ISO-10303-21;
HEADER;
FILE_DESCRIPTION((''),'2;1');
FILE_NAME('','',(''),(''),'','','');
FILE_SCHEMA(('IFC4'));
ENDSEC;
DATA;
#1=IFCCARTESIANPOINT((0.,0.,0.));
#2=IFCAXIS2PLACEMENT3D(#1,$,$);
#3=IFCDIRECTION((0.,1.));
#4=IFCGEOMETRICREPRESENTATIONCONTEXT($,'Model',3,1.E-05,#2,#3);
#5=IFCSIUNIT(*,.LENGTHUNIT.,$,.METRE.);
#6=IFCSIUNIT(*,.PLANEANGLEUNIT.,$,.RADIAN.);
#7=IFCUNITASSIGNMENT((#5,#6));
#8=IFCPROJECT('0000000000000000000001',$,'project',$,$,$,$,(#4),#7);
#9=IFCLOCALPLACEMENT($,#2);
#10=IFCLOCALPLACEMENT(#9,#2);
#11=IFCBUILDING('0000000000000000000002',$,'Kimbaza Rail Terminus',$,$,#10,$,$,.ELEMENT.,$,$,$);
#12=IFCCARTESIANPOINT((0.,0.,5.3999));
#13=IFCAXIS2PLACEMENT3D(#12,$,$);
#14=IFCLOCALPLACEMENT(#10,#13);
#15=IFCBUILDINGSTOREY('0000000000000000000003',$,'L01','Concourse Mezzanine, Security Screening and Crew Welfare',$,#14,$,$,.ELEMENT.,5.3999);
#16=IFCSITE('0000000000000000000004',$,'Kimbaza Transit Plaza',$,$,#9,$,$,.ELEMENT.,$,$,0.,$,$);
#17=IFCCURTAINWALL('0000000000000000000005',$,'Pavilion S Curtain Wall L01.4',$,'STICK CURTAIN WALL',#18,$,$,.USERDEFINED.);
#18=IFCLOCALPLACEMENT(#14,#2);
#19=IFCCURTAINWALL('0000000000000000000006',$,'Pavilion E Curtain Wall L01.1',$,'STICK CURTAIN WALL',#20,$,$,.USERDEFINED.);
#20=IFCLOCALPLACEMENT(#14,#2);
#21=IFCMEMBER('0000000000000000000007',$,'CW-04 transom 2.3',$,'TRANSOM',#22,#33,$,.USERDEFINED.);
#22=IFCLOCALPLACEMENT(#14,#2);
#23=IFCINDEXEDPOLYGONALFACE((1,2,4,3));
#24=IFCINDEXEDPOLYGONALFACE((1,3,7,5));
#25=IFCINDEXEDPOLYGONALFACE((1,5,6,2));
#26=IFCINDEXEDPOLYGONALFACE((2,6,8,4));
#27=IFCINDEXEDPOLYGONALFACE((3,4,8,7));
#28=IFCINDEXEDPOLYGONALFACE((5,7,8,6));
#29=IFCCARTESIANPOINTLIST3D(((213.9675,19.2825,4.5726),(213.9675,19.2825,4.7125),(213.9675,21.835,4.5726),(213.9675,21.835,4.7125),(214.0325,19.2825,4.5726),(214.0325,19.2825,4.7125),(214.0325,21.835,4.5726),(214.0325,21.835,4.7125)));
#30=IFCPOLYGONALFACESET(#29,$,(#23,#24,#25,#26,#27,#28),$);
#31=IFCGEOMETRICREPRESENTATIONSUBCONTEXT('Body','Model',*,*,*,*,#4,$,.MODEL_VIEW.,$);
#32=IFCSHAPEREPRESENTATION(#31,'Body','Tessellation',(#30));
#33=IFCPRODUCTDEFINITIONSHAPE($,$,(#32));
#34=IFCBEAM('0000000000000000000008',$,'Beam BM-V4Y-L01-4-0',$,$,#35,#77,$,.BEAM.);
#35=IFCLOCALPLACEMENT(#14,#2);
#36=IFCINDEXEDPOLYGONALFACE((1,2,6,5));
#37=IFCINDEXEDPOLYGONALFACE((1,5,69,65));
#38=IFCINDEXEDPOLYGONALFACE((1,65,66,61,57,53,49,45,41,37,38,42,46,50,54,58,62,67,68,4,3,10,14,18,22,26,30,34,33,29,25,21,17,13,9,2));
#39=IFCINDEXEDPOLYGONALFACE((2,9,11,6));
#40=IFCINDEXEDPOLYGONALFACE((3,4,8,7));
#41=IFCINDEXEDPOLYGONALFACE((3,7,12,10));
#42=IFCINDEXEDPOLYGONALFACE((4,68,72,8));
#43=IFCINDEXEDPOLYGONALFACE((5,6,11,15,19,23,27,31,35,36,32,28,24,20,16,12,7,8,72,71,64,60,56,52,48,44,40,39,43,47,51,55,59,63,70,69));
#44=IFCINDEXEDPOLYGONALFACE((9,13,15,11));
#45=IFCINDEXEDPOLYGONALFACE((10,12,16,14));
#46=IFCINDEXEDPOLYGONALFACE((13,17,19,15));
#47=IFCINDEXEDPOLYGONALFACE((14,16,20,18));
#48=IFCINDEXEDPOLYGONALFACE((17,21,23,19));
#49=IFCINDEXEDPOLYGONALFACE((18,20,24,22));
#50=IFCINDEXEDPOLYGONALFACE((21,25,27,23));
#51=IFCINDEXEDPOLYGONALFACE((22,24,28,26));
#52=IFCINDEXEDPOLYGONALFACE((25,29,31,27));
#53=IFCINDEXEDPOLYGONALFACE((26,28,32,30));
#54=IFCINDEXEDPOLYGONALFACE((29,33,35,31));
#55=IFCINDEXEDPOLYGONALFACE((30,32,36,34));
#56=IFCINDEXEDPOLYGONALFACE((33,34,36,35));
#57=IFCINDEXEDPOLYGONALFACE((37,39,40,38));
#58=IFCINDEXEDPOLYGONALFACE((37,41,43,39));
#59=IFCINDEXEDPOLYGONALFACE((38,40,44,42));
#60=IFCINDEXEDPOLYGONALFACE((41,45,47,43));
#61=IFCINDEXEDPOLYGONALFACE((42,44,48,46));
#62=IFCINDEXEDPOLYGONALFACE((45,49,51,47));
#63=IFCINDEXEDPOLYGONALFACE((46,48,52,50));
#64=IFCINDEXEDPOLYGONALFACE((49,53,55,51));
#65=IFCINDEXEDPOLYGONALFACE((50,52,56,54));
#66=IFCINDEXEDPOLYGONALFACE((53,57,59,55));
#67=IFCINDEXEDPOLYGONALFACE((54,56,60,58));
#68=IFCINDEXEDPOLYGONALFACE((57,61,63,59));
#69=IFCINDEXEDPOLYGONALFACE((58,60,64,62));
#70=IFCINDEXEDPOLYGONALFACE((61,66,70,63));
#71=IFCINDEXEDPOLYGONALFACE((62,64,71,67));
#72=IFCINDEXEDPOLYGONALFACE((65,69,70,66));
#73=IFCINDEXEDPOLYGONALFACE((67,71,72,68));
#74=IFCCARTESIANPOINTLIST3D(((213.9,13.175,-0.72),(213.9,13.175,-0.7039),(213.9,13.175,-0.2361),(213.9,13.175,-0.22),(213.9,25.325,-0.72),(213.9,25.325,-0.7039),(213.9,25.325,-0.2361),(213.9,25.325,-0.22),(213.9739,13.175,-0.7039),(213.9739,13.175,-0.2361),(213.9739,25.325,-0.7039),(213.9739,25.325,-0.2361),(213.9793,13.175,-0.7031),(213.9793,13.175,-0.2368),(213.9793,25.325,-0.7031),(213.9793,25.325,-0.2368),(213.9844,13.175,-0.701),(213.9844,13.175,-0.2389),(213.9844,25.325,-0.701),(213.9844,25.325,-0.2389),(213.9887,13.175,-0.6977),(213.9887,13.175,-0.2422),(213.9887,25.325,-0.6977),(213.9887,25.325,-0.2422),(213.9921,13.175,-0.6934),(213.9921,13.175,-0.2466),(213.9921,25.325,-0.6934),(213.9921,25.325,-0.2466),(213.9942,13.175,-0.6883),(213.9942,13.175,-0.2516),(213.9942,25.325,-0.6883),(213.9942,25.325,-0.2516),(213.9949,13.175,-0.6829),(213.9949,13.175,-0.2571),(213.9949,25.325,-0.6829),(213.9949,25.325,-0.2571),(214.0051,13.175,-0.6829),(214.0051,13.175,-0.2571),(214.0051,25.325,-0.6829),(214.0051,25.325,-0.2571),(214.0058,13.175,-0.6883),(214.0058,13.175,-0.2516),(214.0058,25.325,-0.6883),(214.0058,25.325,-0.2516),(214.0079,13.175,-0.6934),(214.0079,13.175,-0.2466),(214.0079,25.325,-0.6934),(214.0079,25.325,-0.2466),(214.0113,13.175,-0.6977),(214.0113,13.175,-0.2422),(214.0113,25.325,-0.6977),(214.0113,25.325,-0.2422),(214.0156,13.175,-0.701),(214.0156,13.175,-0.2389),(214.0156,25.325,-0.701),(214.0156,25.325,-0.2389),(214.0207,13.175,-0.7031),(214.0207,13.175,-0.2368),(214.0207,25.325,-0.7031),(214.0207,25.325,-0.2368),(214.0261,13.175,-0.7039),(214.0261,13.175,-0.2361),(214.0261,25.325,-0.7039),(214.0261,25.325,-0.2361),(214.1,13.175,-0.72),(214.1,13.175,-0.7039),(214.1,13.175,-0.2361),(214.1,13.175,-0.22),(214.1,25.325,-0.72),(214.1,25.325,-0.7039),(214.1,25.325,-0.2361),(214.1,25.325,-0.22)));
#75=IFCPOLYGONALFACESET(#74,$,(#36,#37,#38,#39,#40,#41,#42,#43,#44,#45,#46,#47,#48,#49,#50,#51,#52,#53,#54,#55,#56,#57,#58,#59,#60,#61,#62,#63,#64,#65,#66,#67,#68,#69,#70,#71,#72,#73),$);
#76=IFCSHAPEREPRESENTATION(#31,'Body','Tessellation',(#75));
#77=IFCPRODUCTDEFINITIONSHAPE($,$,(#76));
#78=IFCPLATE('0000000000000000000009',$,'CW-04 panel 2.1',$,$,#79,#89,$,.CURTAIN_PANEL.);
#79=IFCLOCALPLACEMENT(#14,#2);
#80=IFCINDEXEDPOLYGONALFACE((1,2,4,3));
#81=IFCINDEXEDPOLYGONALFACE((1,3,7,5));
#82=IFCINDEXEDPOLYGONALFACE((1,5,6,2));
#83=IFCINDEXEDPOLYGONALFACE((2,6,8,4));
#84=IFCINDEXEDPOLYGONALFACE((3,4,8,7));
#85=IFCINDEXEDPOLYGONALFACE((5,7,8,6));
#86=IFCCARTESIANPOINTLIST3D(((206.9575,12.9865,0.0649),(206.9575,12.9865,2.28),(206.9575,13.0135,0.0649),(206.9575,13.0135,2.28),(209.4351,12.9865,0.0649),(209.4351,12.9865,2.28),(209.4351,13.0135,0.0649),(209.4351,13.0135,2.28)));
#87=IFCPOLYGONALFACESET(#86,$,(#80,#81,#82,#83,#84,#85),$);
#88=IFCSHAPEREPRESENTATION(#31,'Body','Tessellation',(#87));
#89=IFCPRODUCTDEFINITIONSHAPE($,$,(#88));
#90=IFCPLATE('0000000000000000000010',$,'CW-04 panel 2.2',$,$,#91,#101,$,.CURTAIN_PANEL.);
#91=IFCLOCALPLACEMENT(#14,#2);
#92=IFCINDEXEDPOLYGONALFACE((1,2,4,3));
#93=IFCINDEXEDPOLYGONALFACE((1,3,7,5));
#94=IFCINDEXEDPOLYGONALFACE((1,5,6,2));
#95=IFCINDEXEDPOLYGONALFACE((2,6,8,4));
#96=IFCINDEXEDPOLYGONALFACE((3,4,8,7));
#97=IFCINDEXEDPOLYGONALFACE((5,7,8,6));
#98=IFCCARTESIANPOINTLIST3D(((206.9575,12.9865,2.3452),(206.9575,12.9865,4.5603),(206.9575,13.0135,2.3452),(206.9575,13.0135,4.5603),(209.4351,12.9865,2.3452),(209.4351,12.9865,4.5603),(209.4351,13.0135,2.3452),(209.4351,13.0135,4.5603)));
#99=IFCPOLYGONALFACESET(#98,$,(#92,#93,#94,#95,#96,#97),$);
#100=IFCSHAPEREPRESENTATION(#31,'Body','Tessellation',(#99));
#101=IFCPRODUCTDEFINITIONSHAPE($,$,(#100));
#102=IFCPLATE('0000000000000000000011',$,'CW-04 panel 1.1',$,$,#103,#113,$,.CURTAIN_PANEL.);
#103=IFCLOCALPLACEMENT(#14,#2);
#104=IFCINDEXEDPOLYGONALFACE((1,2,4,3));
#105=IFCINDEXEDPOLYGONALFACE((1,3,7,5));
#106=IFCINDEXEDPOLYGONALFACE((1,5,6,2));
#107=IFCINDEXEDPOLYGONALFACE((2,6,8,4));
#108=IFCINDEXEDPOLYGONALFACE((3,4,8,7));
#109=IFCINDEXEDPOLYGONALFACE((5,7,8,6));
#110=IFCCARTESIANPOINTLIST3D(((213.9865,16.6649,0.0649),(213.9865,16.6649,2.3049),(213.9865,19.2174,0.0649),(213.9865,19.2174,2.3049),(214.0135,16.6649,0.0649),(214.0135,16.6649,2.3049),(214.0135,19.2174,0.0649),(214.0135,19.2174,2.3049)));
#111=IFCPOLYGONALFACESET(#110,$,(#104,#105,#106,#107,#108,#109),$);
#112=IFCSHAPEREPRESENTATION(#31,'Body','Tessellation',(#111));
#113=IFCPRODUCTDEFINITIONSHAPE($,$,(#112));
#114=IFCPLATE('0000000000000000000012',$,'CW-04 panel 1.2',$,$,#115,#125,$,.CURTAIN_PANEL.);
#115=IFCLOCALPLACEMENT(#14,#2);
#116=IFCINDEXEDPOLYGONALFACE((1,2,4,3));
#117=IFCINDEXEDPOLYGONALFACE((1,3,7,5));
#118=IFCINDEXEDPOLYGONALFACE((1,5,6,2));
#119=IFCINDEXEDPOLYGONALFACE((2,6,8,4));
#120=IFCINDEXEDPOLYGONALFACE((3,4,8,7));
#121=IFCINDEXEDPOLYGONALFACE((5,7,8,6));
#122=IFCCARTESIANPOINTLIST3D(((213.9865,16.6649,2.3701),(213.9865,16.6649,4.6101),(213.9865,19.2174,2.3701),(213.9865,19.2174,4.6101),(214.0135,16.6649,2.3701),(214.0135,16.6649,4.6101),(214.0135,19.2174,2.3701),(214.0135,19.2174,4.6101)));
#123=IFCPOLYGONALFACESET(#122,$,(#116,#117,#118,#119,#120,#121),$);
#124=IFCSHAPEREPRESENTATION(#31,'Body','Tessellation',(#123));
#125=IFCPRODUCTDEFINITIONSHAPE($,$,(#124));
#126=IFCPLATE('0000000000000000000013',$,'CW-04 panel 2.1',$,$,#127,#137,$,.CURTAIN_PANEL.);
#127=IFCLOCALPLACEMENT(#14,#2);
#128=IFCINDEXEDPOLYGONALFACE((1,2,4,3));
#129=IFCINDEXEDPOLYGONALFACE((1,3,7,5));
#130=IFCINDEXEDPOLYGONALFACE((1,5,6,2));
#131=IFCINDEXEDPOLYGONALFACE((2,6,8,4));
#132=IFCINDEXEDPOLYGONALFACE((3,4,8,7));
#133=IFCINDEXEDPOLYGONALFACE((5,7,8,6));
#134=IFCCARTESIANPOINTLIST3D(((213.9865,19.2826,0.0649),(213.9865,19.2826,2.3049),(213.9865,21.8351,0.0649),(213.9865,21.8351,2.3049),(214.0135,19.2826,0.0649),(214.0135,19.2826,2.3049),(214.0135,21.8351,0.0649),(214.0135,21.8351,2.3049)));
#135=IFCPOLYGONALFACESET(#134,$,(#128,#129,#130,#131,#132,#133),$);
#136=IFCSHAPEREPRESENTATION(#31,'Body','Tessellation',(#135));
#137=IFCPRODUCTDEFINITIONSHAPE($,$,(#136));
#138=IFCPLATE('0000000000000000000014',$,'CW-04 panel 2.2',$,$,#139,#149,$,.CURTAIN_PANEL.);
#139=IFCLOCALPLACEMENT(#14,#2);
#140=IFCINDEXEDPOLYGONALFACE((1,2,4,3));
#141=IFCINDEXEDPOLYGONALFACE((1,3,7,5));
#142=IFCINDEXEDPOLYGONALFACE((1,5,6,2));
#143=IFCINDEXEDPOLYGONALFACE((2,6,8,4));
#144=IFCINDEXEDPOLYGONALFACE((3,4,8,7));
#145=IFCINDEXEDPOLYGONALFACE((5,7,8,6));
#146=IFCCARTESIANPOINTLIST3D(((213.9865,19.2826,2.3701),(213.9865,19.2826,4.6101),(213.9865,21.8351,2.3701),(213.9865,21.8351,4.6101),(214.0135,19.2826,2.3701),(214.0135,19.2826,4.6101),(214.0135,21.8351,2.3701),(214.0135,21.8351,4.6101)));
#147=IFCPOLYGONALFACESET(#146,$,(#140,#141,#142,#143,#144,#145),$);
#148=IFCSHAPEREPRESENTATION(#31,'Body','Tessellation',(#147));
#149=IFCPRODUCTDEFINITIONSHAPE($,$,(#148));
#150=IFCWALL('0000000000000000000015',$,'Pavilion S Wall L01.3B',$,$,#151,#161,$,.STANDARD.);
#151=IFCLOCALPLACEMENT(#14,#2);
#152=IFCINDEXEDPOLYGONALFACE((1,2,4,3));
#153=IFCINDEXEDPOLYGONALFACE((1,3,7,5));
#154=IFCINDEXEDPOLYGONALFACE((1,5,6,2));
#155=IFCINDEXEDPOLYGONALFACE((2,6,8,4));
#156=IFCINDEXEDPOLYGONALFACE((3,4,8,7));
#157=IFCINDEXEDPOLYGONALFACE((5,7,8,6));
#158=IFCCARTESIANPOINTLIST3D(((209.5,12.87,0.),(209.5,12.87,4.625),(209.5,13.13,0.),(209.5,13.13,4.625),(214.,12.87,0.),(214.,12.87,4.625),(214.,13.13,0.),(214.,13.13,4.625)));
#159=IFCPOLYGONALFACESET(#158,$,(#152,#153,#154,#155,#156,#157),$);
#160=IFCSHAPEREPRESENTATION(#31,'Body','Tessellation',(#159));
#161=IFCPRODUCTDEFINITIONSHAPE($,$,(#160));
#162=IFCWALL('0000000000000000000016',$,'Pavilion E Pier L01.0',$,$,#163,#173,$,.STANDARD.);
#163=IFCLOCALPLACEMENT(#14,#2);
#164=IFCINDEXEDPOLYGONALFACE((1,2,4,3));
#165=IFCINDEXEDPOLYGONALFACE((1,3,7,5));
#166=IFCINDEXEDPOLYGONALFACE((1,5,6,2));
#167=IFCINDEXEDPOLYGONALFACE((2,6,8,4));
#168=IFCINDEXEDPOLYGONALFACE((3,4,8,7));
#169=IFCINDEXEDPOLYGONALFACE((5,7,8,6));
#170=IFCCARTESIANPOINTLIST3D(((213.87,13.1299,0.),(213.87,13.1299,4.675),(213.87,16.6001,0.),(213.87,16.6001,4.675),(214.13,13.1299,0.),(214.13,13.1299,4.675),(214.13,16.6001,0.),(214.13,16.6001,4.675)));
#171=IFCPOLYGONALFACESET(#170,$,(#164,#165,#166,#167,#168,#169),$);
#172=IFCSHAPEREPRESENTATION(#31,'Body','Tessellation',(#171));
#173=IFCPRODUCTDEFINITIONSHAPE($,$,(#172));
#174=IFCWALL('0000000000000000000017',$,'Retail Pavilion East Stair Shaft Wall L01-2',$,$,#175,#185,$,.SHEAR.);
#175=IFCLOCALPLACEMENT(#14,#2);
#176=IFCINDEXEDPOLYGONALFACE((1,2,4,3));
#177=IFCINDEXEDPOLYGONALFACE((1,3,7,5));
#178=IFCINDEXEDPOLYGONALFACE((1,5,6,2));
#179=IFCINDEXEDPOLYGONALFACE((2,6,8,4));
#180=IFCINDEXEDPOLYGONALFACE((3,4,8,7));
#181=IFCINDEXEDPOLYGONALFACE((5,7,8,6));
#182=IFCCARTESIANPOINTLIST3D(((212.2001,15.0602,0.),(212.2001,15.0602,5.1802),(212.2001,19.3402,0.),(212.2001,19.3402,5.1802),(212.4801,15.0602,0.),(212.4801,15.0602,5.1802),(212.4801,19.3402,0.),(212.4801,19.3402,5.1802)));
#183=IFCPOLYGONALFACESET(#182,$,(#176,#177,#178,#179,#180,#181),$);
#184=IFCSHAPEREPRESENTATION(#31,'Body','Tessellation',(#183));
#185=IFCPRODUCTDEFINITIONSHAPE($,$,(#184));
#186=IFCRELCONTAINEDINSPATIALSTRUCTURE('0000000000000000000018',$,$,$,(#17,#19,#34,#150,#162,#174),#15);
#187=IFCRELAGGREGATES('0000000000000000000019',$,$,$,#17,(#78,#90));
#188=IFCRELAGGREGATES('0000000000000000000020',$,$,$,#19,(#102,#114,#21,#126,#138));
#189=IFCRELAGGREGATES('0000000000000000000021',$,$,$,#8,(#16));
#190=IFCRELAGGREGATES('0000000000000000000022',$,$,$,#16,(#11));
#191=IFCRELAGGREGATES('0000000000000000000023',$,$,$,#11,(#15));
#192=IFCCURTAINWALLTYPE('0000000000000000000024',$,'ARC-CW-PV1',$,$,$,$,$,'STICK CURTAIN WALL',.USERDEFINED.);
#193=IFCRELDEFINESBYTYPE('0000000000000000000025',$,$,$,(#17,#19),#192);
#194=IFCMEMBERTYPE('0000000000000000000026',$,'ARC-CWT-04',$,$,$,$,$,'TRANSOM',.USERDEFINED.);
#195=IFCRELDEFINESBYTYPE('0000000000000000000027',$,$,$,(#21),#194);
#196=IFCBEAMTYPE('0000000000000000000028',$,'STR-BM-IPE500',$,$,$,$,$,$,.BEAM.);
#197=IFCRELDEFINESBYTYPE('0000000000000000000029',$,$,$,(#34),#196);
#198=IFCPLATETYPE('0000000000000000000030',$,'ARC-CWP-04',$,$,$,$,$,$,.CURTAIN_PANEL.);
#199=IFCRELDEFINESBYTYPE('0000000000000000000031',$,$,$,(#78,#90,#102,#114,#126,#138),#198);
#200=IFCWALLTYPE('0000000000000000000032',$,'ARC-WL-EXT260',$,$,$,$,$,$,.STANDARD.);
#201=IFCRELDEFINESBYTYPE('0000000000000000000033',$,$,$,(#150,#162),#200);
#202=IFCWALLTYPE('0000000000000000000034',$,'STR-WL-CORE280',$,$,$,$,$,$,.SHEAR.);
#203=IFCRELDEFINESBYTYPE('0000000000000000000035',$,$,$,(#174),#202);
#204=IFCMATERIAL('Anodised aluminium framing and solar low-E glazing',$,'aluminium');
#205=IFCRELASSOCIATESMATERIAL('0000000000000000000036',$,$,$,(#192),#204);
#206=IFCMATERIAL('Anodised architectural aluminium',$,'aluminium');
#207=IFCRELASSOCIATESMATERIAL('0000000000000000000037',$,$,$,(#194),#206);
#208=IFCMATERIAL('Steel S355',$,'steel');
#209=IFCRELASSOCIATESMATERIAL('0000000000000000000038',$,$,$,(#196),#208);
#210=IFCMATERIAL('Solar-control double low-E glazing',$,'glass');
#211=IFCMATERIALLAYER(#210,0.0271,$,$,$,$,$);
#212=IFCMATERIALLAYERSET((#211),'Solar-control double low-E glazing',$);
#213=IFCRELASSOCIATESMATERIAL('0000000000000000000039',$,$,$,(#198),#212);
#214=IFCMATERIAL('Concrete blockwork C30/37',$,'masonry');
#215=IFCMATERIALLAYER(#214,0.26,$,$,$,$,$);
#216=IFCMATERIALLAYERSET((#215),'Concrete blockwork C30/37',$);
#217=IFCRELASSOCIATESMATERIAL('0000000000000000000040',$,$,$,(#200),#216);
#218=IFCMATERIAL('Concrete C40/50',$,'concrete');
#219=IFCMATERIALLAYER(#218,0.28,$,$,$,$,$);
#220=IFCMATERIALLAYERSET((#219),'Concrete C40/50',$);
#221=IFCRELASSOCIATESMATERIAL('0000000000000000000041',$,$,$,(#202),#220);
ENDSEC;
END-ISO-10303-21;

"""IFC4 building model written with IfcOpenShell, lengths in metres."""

from ifc_helpers import new_model, si_unit, direction, frame, frame_2d, origin, origin_2d, place, context, subcontext, project, spatial, rectangle, i_section, extrude, material, layer, layer_set, material_profile, profile_set, type_object, element, aggregate, save


model = new_model("IFC4")

# Units and contexts
model_context = context("Model", 3, precision=1e-05, world=origin(), true_north=direction((0.0, 1.0)))
body_context = subcontext(model_context, "Body", "Model", "MODEL_VIEW")
ifc_project = project(units=[si_unit("LENGTHUNIT", "METRE"), si_unit("PLANEANGLEUNIT", "RADIAN")], contexts=[model_context])

# Site, building, storey
site_placement = place(None, origin())
site = spatial("IfcSite", under=ifc_project, at=site_placement, Name="Kimbaza Transit Plaza", CompositionType="ELEMENT", RefElevation=0.0)
building_placement = place(site_placement, origin())
building = spatial("IfcBuilding", under=site, at=building_placement, Name="Kimbaza Rail Terminus", CompositionType="ELEMENT")
storey_placement = place(building_placement, frame((0.0, 0.0, 5.3999)))
storey = spatial("IfcBuildingStorey", under=building, at=storey_placement, Name="L01", Description="Concourse Mezzanine, Security Screening and Crew Welfare", CompositionType="ELEMENT", Elevation=5.3999)

# Curtain wall
ifc_material_1 = material(Name="Anodised aluminium framing and solar low-E glazing", Category="aluminium")
curtain_wall_type = type_object("IfcCurtainWallType", Name="ARC-CW-PV1", ElementType="STICK CURTAIN WALL", PredefinedType="USERDEFINED", material=ifc_material_1)
curtain_wall_1_placement = place(storey_placement, origin())
curtain_wall_1 = element("IfcCurtainWall", 1, at=curtain_wall_1_placement, inside=storey, type_object=curtain_wall_type, Name="Pavilion S Curtain Wall L01.4", ObjectType="STICK CURTAIN WALL", PredefinedType="USERDEFINED")

# Curtain wall
curtain_wall_2_placement = place(storey_placement, origin())
curtain_wall_2 = element("IfcCurtainWall", 2, at=curtain_wall_2_placement, inside=storey, type_object=curtain_wall_type, Name="Pavilion E Curtain Wall L01.1", ObjectType="STICK CURTAIN WALL", PredefinedType="USERDEFINED")

# Member
ifc_material_2 = material(Name="Anodised architectural aluminium", Category="aluminium")
ifc_material_profile_1 = material_profile(ifc_material_2, rectangle(XDim=0.0649, YDim=0.1399, at=origin_2d()), Name="TRANSOM 65x140")
ifc_profile_set_1 = profile_set([ifc_material_profile_1], Name="Anodised architectural aluminium")
member_type_1 = type_object("IfcMemberType", Name="ARC-CWT-04", ElementType="TRANSOM", PredefinedType="USERDEFINED", material=ifc_profile_set_1)
member_1_placement = place(storey_placement, frame((214.0, 19.2825, 4.6426), z_axis=(0.0, 1.0, 0.0), x_axis=(-1.0, 0.0, 0.0)))
member_1 = element("IfcMember", 3, at=member_1_placement, type_object=member_type_1, Name="CW-04 transom 2.3", ObjectType="TRANSOM", PredefinedType="USERDEFINED", context=body_context, shape_type="SweptSolid", body=[
    extrude(rectangle(XDim=0.0649, YDim=0.1399, at=origin_2d()), origin(), (0.0, 0.0, 1.0), 2.5525),
])

# Beam
ifc_material_3 = material(Name="Steel S355", Category="steel")
ifc_material_profile_2 = material_profile(ifc_material_3, i_section(OverallWidth=0.2, OverallDepth=0.5, WebThickness=0.0103, FlangeThickness=0.0161, FilletRadius=0.021, at=origin_2d()), Name="IPE 500")
ifc_profile_set_2 = profile_set([ifc_material_profile_2], Name="Steel S355")
beam_type = type_object("IfcBeamType", Name="STR-BM-IPE500", PredefinedType="BEAM", material=ifc_profile_set_2)
beam_placement = place(storey_placement, frame((214.0, 13.175, -0.47), z_axis=(0.0, 1.0, 0.0), x_axis=(-1.0, 0.0, 0.0)))
element("IfcBeam", 4, at=beam_placement, inside=storey, type_object=beam_type, Name="Beam BM-V4Y-L01-4-0", PredefinedType="BEAM", context=body_context, shape_type="SweptSolid", body=[
    extrude(i_section(OverallWidth=0.2, OverallDepth=0.5, WebThickness=0.0103, FlangeThickness=0.0161, FilletRadius=0.021, at=origin_2d()), origin(), (0.0, 0.0, 1.0), 12.1499),
])

# Plates
ifc_material_4 = material(Name="Solar-control double low-E glazing", Category="glass")
ifc_layer_1 = layer(ifc_material_4, 0.0271)
ifc_layer_set_1 = layer_set([ifc_layer_1], Name="Solar-control double low-E glazing")
plate_type = type_object("IfcPlateType", Name="ARC-CWP-04", PredefinedType="CURTAIN_PANEL", material=ifc_layer_set_1)
plate_1_placement = place(storey_placement, frame((208.1963, 13.0, 0.0649), z_axis=(0.0, 0.0, 1.0), x_axis=(1.0, 0.0, 0.0)))
plate_1 = element("IfcPlate", 5, at=plate_1_placement, type_object=plate_type, Name="CW-04 panel 2.1", PredefinedType="CURTAIN_PANEL", context=body_context, shape_type="SweptSolid", body=[
    extrude(rectangle(XDim=2.4775, YDim=0.0271, at=origin_2d()), origin(), (0.0, 0.0, 1.0), 2.2151),
])
plate_2_placement = place(storey_placement, frame((208.1963, 13.0, 2.3452), z_axis=(0.0, 0.0, 1.0), x_axis=(1.0, 0.0, 0.0)))
plate_2 = element("IfcPlate", 6, at=plate_2_placement, type_object=plate_type, Name="CW-04 panel 2.2", PredefinedType="CURTAIN_PANEL", context=body_context, shape_type="SweptSolid", body=[
    extrude(rectangle(XDim=2.4775, YDim=0.0271, at=origin_2d()), origin(), (0.0, 0.0, 1.0), 2.2151),
])
aggregate(curtain_wall_1, [plate_1, plate_2])
plate_3_placement = place(storey_placement, frame((214.0, 17.9412, 0.0649), z_axis=(0.0, 0.0, 1.0), x_axis=(0.0, 1.0, 0.0)))
plate_3 = element("IfcPlate", 7, at=plate_3_placement, type_object=plate_type, Name="CW-04 panel 1.1", PredefinedType="CURTAIN_PANEL", context=body_context, shape_type="SweptSolid", body=[
    extrude(rectangle(XDim=2.5525, YDim=0.0271, at=origin_2d()), origin(), (0.0, 0.0, 1.0), 2.24),
])
plate_4_placement = place(storey_placement, frame((214.0, 17.9412, 2.3701), z_axis=(0.0, 0.0, 1.0), x_axis=(0.0, 1.0, 0.0)))
plate_4 = element("IfcPlate", 8, at=plate_4_placement, type_object=plate_type, Name="CW-04 panel 1.2", PredefinedType="CURTAIN_PANEL", context=body_context, shape_type="SweptSolid", body=[
    extrude(rectangle(XDim=2.5525, YDim=0.0271, at=origin_2d()), origin(), (0.0, 0.0, 1.0), 2.24),
])
plate_5_placement = place(storey_placement, frame((214.0, 20.5588, 0.0649), z_axis=(0.0, 0.0, 1.0), x_axis=(0.0, 1.0, 0.0)))
plate_5 = element("IfcPlate", 9, at=plate_5_placement, type_object=plate_type, Name="CW-04 panel 2.1", PredefinedType="CURTAIN_PANEL", context=body_context, shape_type="SweptSolid", body=[
    extrude(rectangle(XDim=2.5525, YDim=0.0271, at=origin_2d()), origin(), (0.0, 0.0, 1.0), 2.24),
])
plate_6_placement = place(storey_placement, frame((214.0, 20.5588, 2.3701), z_axis=(0.0, 0.0, 1.0), x_axis=(0.0, 1.0, 0.0)))
plate_6 = element("IfcPlate", 10, at=plate_6_placement, type_object=plate_type, Name="CW-04 panel 2.2", PredefinedType="CURTAIN_PANEL", context=body_context, shape_type="SweptSolid", body=[
    extrude(rectangle(XDim=2.5525, YDim=0.0271, at=origin_2d()), origin(), (0.0, 0.0, 1.0), 2.24),
])
aggregate(curtain_wall_2, [plate_3, plate_4, member_1, plate_5, plate_6])

# Walls
ifc_material_5 = material(Name="Concrete blockwork C30/37", Category="masonry")
ifc_layer_2 = layer(ifc_material_5, 0.26)
ifc_layer_set_2 = layer_set([ifc_layer_2], Name="Concrete blockwork C30/37")
wall_type_1 = type_object("IfcWallType", Name="ARC-WL-EXT260", PredefinedType="STANDARD", material=ifc_layer_set_2)
wall_1_placement = place(storey_placement, frame((209.5, 13.0, 0.0), z_axis=(0.0, 0.0, 1.0), x_axis=(1.0, 0.0, 0.0)))
element("IfcWall", 11, at=wall_1_placement, inside=storey, type_object=wall_type_1, Name="Pavilion S Wall L01.3B", PredefinedType="STANDARD", context=body_context, shape_type="SweptSolid", body=[
    extrude(rectangle(XDim=4.5, YDim=0.26, at=frame_2d((2.25, 0.0))), origin(), (0.0, 0.0, 1.0), 4.625),
])
wall_2_placement = place(storey_placement, frame((214.0, 13.1299, 0.0), z_axis=(0.0, 0.0, 1.0), x_axis=(0.0, 1.0, 0.0)))
element("IfcWall", 12, at=wall_2_placement, inside=storey, type_object=wall_type_1, Name="Pavilion E Pier L01.0", PredefinedType="STANDARD", context=body_context, shape_type="SweptSolid", body=[
    extrude(rectangle(XDim=3.4702, YDim=0.26, at=frame_2d((1.7351, 0.0))), origin(), (0.0, 0.0, 1.0), 4.675),
])
ifc_material_6 = material(Name="Concrete C40/50", Category="concrete")
ifc_layer_3 = layer(ifc_material_6, 0.28)
ifc_layer_set_3 = layer_set([ifc_layer_3], Name="Concrete C40/50")
wall_type_2 = type_object("IfcWallType", Name="STR-WL-CORE280", PredefinedType="SHEAR", material=ifc_layer_set_3)
wall_3_placement = place(storey_placement, frame((212.3401, 15.0601, 0.0), z_axis=(0.0, 0.0, 1.0), x_axis=(0.0, 1.0, 0.0)))
element("IfcWall", 13, at=wall_3_placement, inside=storey, type_object=wall_type_2, Name="Retail Pavilion East Stair Shaft Wall L01-2", PredefinedType="SHEAR", context=body_context, shape_type="SweptSolid", body=[
    extrude(rectangle(XDim=4.28, YDim=0.28, at=frame_2d((2.1401, 0.0))), origin(), (0.0, 0.0, 1.0), 5.1802),
])

save(model, "model.ifc")
